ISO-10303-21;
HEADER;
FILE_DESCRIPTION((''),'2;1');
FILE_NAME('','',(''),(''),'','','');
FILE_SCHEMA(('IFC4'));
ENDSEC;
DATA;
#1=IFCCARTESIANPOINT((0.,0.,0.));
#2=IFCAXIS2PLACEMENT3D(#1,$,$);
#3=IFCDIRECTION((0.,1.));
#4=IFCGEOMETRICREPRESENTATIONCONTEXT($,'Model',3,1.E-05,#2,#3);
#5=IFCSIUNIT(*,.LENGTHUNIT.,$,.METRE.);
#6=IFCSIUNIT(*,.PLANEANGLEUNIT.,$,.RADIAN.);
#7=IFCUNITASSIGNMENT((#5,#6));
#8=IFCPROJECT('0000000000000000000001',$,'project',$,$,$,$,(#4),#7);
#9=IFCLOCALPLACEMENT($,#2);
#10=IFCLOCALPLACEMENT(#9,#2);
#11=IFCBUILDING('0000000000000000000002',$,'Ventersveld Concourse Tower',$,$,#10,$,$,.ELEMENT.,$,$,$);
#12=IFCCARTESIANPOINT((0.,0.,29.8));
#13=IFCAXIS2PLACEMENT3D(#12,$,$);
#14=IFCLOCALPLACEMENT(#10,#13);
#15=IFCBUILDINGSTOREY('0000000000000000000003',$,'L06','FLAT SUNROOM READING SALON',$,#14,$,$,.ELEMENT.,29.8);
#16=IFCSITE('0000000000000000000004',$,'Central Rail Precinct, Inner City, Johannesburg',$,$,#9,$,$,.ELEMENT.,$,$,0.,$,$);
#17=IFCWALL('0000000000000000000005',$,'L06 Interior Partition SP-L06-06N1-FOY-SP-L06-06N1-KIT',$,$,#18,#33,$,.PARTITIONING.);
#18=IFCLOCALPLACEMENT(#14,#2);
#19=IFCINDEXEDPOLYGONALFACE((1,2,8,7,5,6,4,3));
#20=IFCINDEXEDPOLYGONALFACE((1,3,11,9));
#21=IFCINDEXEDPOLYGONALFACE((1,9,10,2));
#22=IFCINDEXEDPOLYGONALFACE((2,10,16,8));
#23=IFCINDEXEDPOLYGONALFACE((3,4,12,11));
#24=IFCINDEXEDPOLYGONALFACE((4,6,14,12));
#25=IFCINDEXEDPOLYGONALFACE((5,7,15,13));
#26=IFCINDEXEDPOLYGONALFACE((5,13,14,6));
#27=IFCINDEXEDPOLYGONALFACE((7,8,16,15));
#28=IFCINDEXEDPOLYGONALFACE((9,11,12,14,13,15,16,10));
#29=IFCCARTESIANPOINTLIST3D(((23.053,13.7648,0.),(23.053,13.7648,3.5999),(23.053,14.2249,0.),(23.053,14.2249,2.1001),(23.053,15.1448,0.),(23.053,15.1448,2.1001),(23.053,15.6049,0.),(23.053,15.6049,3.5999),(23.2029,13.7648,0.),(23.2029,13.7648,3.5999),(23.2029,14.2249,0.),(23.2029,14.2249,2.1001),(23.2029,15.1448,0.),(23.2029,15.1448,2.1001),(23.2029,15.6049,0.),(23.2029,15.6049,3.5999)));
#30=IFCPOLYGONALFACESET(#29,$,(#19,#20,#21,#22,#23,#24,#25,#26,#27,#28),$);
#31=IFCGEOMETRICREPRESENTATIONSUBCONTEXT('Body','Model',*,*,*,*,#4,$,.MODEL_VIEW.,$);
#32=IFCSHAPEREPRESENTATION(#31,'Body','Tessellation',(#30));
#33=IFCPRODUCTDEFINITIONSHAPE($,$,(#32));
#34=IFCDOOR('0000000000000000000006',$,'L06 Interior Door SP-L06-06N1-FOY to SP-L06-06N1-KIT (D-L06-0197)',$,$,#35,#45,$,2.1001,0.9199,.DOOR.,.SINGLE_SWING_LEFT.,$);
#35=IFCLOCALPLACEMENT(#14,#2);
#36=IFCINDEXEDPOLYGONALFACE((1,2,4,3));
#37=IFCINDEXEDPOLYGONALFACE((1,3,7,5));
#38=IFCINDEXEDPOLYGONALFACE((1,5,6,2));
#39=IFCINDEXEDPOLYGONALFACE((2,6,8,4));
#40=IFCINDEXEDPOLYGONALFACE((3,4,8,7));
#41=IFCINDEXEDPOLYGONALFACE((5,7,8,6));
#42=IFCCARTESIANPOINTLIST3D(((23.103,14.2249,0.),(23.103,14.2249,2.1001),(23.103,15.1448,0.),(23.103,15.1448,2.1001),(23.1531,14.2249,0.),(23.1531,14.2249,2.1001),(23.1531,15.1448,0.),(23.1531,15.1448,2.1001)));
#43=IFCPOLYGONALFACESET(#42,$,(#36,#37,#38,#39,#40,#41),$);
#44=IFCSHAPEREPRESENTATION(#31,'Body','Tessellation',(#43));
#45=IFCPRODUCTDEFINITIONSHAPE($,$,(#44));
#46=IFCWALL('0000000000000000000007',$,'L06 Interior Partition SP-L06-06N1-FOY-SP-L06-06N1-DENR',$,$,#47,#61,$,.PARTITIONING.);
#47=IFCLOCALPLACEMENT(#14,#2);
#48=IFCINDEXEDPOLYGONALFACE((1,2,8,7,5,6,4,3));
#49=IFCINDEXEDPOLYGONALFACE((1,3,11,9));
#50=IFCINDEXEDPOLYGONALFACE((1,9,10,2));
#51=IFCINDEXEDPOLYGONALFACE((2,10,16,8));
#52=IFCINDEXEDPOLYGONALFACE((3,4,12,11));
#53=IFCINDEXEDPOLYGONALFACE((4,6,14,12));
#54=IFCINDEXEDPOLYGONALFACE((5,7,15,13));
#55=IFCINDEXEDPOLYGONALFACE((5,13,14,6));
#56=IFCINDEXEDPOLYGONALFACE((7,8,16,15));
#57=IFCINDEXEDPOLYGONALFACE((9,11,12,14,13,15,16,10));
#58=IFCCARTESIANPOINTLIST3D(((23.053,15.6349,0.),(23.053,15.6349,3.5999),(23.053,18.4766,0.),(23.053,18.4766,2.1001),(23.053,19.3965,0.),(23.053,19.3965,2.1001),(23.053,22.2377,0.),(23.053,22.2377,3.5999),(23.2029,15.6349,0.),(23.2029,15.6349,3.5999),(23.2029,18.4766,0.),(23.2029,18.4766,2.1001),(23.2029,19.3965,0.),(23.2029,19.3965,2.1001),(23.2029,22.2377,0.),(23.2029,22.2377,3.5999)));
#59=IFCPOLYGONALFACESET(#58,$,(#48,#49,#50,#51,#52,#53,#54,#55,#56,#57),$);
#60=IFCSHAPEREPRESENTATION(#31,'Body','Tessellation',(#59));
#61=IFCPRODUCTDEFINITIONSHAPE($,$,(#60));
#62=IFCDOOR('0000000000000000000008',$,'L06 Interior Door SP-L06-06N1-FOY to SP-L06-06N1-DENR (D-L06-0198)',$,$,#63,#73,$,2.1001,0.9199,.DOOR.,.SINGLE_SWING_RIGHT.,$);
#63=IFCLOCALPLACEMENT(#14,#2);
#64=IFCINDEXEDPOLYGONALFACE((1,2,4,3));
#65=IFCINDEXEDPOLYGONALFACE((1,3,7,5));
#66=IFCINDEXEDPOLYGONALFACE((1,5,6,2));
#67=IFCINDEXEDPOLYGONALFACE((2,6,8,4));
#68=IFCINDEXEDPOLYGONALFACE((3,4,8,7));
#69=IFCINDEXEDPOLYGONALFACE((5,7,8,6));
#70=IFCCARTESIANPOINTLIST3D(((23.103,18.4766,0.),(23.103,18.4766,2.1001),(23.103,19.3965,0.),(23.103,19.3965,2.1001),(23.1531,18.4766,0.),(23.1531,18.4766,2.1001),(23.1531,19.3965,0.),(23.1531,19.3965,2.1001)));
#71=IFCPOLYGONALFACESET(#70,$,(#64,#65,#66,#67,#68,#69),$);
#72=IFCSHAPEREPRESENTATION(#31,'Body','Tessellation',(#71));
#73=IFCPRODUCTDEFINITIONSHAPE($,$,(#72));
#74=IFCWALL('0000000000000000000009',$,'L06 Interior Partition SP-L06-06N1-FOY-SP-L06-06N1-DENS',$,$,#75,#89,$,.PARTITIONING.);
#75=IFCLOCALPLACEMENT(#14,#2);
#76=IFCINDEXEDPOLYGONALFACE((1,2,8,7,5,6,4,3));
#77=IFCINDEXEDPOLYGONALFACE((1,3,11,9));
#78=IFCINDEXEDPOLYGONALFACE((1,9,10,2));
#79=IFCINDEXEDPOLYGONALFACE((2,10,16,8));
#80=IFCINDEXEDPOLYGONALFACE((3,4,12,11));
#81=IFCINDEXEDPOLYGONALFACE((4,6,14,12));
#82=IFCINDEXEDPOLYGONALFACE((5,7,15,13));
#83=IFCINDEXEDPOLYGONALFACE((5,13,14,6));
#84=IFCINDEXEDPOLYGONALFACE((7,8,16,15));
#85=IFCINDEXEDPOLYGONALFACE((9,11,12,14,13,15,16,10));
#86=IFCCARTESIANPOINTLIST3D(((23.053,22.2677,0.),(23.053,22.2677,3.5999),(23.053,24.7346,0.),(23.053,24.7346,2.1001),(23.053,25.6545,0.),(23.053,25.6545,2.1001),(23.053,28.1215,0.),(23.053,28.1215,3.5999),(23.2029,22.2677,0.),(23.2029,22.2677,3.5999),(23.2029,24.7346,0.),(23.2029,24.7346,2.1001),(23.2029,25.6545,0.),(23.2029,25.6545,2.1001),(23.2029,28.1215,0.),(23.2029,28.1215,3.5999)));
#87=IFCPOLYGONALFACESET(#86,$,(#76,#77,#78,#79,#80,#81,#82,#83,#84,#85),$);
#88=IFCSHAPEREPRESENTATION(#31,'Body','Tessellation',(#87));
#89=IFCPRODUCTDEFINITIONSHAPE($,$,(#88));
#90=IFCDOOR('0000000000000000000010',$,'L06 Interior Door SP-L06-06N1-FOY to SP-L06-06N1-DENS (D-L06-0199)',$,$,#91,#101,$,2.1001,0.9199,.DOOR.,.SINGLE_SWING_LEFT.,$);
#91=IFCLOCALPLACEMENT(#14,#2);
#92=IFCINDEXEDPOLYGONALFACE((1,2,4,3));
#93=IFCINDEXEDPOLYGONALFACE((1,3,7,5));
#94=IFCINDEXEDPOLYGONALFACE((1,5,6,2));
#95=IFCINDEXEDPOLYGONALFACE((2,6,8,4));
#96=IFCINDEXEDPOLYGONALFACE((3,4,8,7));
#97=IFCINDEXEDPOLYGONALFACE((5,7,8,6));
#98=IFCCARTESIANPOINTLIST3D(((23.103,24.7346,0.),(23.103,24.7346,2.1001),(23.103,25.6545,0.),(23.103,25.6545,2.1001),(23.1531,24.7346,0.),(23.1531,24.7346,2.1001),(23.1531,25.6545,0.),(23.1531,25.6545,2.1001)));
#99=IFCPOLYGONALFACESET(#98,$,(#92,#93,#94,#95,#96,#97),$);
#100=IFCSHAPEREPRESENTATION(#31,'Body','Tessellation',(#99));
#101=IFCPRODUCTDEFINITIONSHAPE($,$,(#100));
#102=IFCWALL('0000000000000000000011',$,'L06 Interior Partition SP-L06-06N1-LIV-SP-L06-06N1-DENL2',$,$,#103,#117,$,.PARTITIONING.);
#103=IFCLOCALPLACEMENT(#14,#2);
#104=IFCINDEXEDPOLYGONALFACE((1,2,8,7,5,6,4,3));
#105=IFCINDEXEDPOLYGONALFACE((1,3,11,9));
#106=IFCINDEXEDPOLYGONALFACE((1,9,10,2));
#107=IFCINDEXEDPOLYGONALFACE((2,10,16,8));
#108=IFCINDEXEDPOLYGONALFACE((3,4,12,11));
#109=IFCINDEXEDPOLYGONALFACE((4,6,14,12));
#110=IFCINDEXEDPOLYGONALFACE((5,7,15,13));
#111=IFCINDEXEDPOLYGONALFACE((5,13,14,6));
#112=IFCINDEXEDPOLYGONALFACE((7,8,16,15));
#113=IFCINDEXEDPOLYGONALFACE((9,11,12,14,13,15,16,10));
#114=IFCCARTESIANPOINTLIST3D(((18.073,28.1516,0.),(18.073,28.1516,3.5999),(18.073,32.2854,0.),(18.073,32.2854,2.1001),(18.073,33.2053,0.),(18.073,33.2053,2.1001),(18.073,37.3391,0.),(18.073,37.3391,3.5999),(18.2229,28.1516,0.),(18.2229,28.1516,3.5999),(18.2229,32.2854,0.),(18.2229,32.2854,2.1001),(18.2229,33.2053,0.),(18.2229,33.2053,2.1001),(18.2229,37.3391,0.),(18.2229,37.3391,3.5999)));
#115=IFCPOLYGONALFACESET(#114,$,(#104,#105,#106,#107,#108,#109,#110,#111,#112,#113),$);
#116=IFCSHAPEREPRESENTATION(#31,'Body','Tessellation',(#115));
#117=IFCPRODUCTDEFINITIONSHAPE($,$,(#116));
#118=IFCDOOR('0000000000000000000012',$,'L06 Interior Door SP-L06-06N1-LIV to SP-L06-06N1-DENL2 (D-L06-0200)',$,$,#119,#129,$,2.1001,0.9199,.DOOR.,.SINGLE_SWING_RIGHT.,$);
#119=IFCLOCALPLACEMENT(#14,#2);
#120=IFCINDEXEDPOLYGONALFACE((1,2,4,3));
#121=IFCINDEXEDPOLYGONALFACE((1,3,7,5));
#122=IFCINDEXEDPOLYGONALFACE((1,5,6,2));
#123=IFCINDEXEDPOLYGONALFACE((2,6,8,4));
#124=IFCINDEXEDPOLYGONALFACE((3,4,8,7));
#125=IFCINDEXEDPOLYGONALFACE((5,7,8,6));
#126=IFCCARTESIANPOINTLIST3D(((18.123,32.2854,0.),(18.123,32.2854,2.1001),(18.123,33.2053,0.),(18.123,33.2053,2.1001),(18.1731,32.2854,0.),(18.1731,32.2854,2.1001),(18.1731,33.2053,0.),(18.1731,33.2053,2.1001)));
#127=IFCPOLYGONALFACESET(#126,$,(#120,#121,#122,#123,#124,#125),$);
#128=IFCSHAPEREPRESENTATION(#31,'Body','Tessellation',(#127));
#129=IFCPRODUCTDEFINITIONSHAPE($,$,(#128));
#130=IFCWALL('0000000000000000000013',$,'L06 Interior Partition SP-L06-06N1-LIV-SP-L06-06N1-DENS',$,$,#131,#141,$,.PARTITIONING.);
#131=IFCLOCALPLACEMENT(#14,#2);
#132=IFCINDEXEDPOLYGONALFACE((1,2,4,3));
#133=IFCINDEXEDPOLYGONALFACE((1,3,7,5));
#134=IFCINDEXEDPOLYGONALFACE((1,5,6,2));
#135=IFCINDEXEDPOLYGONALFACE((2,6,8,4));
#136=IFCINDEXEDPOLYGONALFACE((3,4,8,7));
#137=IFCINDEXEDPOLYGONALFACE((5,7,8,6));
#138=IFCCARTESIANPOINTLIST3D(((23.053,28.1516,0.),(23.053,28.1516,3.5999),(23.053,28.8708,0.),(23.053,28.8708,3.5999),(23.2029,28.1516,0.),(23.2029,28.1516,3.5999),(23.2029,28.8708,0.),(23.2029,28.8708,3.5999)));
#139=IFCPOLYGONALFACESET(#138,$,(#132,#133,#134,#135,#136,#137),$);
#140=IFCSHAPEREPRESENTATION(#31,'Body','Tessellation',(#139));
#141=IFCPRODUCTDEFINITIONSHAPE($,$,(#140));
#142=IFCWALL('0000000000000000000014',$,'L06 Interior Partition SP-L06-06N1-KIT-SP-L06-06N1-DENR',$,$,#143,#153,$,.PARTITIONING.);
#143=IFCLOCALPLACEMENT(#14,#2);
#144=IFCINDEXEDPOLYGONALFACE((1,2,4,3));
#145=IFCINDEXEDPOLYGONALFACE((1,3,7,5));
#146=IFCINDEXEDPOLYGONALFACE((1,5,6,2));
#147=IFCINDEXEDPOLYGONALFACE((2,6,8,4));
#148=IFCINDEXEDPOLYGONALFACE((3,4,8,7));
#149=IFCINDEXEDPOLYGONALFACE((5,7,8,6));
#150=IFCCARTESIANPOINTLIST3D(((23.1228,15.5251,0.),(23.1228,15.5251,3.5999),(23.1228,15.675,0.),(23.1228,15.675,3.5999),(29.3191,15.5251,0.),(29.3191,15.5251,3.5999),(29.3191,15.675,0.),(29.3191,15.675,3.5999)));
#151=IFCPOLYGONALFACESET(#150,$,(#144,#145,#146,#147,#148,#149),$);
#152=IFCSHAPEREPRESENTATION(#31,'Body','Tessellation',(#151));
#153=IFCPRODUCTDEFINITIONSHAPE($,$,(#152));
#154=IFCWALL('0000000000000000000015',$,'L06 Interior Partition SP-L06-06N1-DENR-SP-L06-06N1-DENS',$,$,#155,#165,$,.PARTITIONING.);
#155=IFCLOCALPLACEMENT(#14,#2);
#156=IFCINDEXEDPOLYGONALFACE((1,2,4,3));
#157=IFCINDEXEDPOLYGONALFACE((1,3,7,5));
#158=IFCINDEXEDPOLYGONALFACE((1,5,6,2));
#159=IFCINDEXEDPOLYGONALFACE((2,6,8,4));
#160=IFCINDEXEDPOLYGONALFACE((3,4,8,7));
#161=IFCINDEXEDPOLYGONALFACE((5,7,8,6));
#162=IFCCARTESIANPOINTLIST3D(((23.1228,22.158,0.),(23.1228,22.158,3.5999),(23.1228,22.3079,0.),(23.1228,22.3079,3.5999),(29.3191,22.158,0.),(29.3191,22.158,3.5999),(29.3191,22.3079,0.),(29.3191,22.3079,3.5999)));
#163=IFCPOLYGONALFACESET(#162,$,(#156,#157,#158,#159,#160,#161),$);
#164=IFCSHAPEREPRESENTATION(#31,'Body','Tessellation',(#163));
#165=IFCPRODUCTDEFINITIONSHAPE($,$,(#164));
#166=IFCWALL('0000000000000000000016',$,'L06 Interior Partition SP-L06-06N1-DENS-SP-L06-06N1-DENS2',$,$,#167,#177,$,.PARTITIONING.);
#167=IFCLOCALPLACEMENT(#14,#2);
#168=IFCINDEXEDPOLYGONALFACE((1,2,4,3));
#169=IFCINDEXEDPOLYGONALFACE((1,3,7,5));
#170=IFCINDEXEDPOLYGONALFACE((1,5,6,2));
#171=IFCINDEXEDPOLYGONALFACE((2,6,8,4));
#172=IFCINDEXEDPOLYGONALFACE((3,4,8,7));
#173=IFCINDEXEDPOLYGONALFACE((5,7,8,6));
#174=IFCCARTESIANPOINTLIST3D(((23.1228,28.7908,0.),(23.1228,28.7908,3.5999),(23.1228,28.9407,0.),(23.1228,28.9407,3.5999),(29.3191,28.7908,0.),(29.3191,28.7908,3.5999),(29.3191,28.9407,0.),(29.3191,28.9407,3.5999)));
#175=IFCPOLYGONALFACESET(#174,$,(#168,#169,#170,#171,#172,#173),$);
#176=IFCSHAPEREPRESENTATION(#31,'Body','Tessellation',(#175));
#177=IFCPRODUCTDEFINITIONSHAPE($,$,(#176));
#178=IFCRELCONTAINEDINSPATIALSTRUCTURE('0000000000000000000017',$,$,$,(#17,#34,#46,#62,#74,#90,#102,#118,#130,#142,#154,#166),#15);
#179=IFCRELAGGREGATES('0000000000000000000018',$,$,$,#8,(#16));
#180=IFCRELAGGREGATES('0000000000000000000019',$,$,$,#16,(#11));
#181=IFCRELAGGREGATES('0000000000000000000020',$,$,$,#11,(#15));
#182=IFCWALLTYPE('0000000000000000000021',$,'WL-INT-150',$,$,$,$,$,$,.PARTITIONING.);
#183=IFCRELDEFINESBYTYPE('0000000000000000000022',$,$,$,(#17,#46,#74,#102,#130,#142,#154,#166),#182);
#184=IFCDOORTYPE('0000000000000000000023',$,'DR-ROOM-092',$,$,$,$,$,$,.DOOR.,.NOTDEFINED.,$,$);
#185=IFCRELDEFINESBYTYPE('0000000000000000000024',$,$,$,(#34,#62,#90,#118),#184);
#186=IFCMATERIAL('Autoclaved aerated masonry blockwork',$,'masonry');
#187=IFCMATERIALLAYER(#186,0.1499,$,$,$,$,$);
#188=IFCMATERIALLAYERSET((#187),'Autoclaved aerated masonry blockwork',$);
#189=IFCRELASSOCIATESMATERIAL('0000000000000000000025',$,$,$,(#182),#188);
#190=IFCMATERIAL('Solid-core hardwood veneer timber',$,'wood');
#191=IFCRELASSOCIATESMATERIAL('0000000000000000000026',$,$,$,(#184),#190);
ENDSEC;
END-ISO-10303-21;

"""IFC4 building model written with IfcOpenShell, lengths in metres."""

from ifc_helpers import new_model, si_unit, direction, frame, frame_2d, origin, place, context, subcontext, project, spatial, rectangle, extrude, material, layer, layer_set, type_object, element, fill, save


model = new_model("IFC4")

# Units and contexts
model_context = context("Model", 3, precision=1e-05, world=origin(), true_north=direction((0.0, 1.0)))
body_context = subcontext(model_context, "Body", "Model", "MODEL_VIEW")
ifc_project = project(units=[si_unit("LENGTHUNIT", "METRE"), si_unit("PLANEANGLEUNIT", "RADIAN")], contexts=[model_context])

# Site, building, storey
site_placement = place(None, origin())
site = spatial("IfcSite", under=ifc_project, at=site_placement, Name="Central Rail Precinct, Inner City, Johannesburg", CompositionType="ELEMENT", RefElevation=0.0)
building_placement = place(site_placement, origin())
building = spatial("IfcBuilding", under=site, at=building_placement, Name="Ventersveld Concourse Tower", CompositionType="ELEMENT")
storey_placement = place(building_placement, frame((0.0, 0.0, 29.8)))
storey = spatial("IfcBuildingStorey", under=building, at=storey_placement, Name="L06", Description="FLAT SUNROOM READING SALON", CompositionType="ELEMENT", Elevation=29.8)

# Shared definitions
ifc_material_1 = material(Name="Solid-core hardwood veneer timber", Category="wood")

# Walls, openings, doors
ifc_material_2 = material(Name="Autoclaved aerated masonry blockwork", Category="masonry")
ifc_layer_1 = layer(ifc_material_2, 0.1499)
ifc_layer_set_1 = layer_set([ifc_layer_1], Name="Autoclaved aerated masonry blockwork")
wall_type_1 = type_object("IfcWallType", Name="WL-INT-150", PredefinedType="PARTITIONING", material=ifc_layer_set_1)
door_type_1 = type_object("IfcDoorType", Name="DR-ROOM-092", OperationType="NOTDEFINED", PredefinedType="DOOR", material=ifc_material_1)
wall_1_placement = place(storey_placement, frame((23.1279, 13.7649, 0.0), z_axis=(0.0, 0.0, 1.0), x_axis=(0.0, 1.0, 0.0)))
wall_1 = element("IfcWall", 1, at=wall_1_placement, inside=storey, type_object=wall_type_1, Name="L06 Interior Partition SP-L06-06N1-FOY-SP-L06-06N1-KIT", PredefinedType="PARTITIONING", context=body_context, shape_type="SweptSolid", body=[
    extrude(rectangle(XDim=1.8401, YDim=0.1499, at=frame_2d((0.9199, 0.0))), origin(), (0.0, 0.0, 1.0), 3.5999),
])
opening_1_placement = place(wall_1_placement, frame((0.46, 0.0, 0.0)))
opening_1 = element("IfcOpeningElement", 2, at=opening_1_placement, cuts=wall_1, PredefinedType="OPENING", context=body_context, shape_type="SweptSolid", body=[
    extrude(rectangle(XDim=0.9199, YDim=2.1001, at=frame_2d((0.46, 1.05))), frame((0.0, 0.085, 0.0), z_axis=(0.0, -1.0, 0.0), x_axis=(1.0, 0.0, 0.0)), (0.0, 0.0, 1.0), 0.1699),
])
door_1_placement = place(opening_1_placement, origin())
door_1 = element("IfcDoor", 3, at=door_1_placement, inside=storey, type_object=door_type_1, Name="L06 Interior Door SP-L06-06N1-FOY to SP-L06-06N1-KIT (D-L06-0197)", OperationType="SINGLE_SWING_LEFT", OverallHeight=2.1001, OverallWidth=0.9199, PredefinedType="DOOR", context=body_context, shape_type="SweptSolid", body=[
    extrude(rectangle(XDim=0.9199, YDim=2.1001, at=frame_2d((0.46, 1.05))), frame((0.0, 0.0249, 0.0), z_axis=(0.0, -1.0, 0.0), x_axis=(1.0, 0.0, 0.0)), (0.0, 0.0, 1.0), 0.05),
])
fill(opening_1, door_1)
wall_2_placement = place(storey_placement, frame((23.1279, 15.635, 0.0), z_axis=(0.0, 0.0, 1.0), x_axis=(0.0, 1.0, 0.0)))
wall_2 = element("IfcWall", 4, at=wall_2_placement, inside=storey, type_object=wall_type_1, Name="L06 Interior Partition SP-L06-06N1-FOY-SP-L06-06N1-DENR", PredefinedType="PARTITIONING", context=body_context, shape_type="SweptSolid", body=[
    extrude(rectangle(XDim=6.6028, YDim=0.1499, at=frame_2d((3.3013, 0.0))), origin(), (0.0, 0.0, 1.0), 3.5999),
])
opening_2_placement = place(wall_2_placement, frame((2.8416, 0.0, 0.0)))
opening_2 = element("IfcOpeningElement", 5, at=opening_2_placement, cuts=wall_2, PredefinedType="OPENING", context=body_context, shape_type="SweptSolid", body=[
    extrude(rectangle(XDim=0.9199, YDim=2.1001, at=frame_2d((0.46, 1.05))), frame((0.0, 0.085, 0.0), z_axis=(0.0, -1.0, 0.0), x_axis=(1.0, 0.0, 0.0)), (0.0, 0.0, 1.0), 0.1699),
])
door_2_placement = place(opening_2_placement, origin())
door_2 = element("IfcDoor", 6, at=door_2_placement, inside=storey, type_object=door_type_1, Name="L06 Interior Door SP-L06-06N1-FOY to SP-L06-06N1-DENR (D-L06-0198)", OperationType="SINGLE_SWING_RIGHT", OverallHeight=2.1001, OverallWidth=0.9199, PredefinedType="DOOR", context=body_context, shape_type="SweptSolid", body=[
    extrude(rectangle(XDim=0.9199, YDim=2.1001, at=frame_2d((0.46, 1.05))), frame((0.0, 0.0249, 0.0), z_axis=(0.0, -1.0, 0.0), x_axis=(1.0, 0.0, 0.0)), (0.0, 0.0, 1.0), 0.05),
])
fill(opening_2, door_2)
wall_3_placement = place(storey_placement, frame((23.1279, 22.2678, 0.0), z_axis=(0.0, 0.0, 1.0), x_axis=(0.0, 1.0, 0.0)))
wall_3 = element("IfcWall", 7, at=wall_3_placement, inside=storey, type_object=wall_type_1, Name="L06 Interior Partition SP-L06-06N1-FOY-SP-L06-06N1-DENS", PredefinedType="PARTITIONING", context=body_context, shape_type="SweptSolid", body=[
    extrude(rectangle(XDim=5.8538, YDim=0.1499, at=frame_2d((2.9268, 0.0))), origin(), (0.0, 0.0, 1.0), 3.5999),
])
opening_3_placement = place(wall_3_placement, frame((2.4668, 0.0, 0.0)))
opening_3 = element("IfcOpeningElement", 8, at=opening_3_placement, cuts=wall_3, PredefinedType="OPENING", context=body_context, shape_type="SweptSolid", body=[
    extrude(rectangle(XDim=0.9199, YDim=2.1001, at=frame_2d((0.46, 1.05))), frame((0.0, 0.085, 0.0), z_axis=(0.0, -1.0, 0.0), x_axis=(1.0, 0.0, 0.0)), (0.0, 0.0, 1.0), 0.1699),
])
door_3_placement = place(opening_3_placement, origin())
door_3 = element("IfcDoor", 9, at=door_3_placement, inside=storey, type_object=door_type_1, Name="L06 Interior Door SP-L06-06N1-FOY to SP-L06-06N1-DENS (D-L06-0199)", OperationType="SINGLE_SWING_LEFT", OverallHeight=2.1001, OverallWidth=0.9199, PredefinedType="DOOR", context=body_context, shape_type="SweptSolid", body=[
    extrude(rectangle(XDim=0.9199, YDim=2.1001, at=frame_2d((0.46, 1.05))), frame((0.0, 0.0249, 0.0), z_axis=(0.0, -1.0, 0.0), x_axis=(1.0, 0.0, 0.0)), (0.0, 0.0, 1.0), 0.05),
])
fill(opening_3, door_3)
wall_4_placement = place(storey_placement, frame((18.1479, 28.1516, 0.0), z_axis=(0.0, 0.0, 1.0), x_axis=(0.0, 1.0, 0.0)))
wall_4 = element("IfcWall", 10, at=wall_4_placement, inside=storey, type_object=wall_type_1, Name="L06 Interior Partition SP-L06-06N1-LIV-SP-L06-06N1-DENL2", PredefinedType="PARTITIONING", context=body_context, shape_type="SweptSolid", body=[
    extrude(rectangle(XDim=9.1875, YDim=0.1499, at=frame_2d((4.5938, 0.0))), origin(), (0.0, 0.0, 1.0), 3.5999),
])
opening_4_placement = place(wall_4_placement, frame((4.1338, 0.0, 0.0)))
opening_4 = element("IfcOpeningElement", 11, at=opening_4_placement, cuts=wall_4, PredefinedType="OPENING", context=body_context, shape_type="SweptSolid", body=[
    extrude(rectangle(XDim=0.9199, YDim=2.1001, at=frame_2d((0.46, 1.05))), frame((0.0, 0.085, 0.0), z_axis=(0.0, -1.0, 0.0), x_axis=(1.0, 0.0, 0.0)), (0.0, 0.0, 1.0), 0.1699),
])
door_4_placement = place(opening_4_placement, origin())
door_4 = element("IfcDoor", 12, at=door_4_placement, inside=storey, type_object=door_type_1, Name="L06 Interior Door SP-L06-06N1-LIV to SP-L06-06N1-DENL2 (D-L06-0200)", OperationType="SINGLE_SWING_RIGHT", OverallHeight=2.1001, OverallWidth=0.9199, PredefinedType="DOOR", context=body_context, shape_type="SweptSolid", body=[
    extrude(rectangle(XDim=0.9199, YDim=2.1001, at=frame_2d((0.46, 1.05))), frame((0.0, 0.0249, 0.0), z_axis=(0.0, -1.0, 0.0), x_axis=(1.0, 0.0, 0.0)), (0.0, 0.0, 1.0), 0.05),
])
fill(opening_4, door_4)

# Walls
wall_5_placement = place(storey_placement, frame((23.1279, 28.1516, 0.0), z_axis=(0.0, 0.0, 1.0), x_axis=(0.0, 1.0, 0.0)))
element("IfcWall", 13, at=wall_5_placement, inside=storey, type_object=wall_type_1, Name="L06 Interior Partition SP-L06-06N1-LIV-SP-L06-06N1-DENS", PredefinedType="PARTITIONING", context=body_context, shape_type="SweptSolid", body=[
    extrude(rectangle(XDim=0.7192, YDim=0.1499, at=frame_2d((0.3596, 0.0))), origin(), (0.0, 0.0, 1.0), 3.5999),
])
for number, where, z_axis, x_axis, name in (
    (14, (23.1228, 15.6001, 0.0), (0.0, 0.0, 1.0), (1.0, 0.0, 0.0), "L06 Interior Partition SP-L06-06N1-KIT-SP-L06-06N1-DENR"),
    (15, (23.1228, 22.2329, 0.0), (0.0, 0.0, 1.0), (1.0, 0.0, 0.0), "L06 Interior Partition SP-L06-06N1-DENR-SP-L06-06N1-DENS"),
    (16, (23.1228, 28.8657, 0.0), (0.0, 0.0, 1.0), (1.0, 0.0, 0.0), "L06 Interior Partition SP-L06-06N1-DENS-SP-L06-06N1-DENS2"),
):
    element("IfcWall", number, at=place(storey_placement, frame(where, z_axis=z_axis, x_axis=x_axis)), inside=storey, type_object=wall_type_1, Name=name, PredefinedType="PARTITIONING", context=body_context, shape_type="SweptSolid", body=[
        extrude(rectangle(XDim=6.1963, YDim=0.1499, at=frame_2d((3.0981, 0.0))), origin(), (0.0, 0.0, 1.0), 3.5999),
    ])

save(model, "model.ifc")
